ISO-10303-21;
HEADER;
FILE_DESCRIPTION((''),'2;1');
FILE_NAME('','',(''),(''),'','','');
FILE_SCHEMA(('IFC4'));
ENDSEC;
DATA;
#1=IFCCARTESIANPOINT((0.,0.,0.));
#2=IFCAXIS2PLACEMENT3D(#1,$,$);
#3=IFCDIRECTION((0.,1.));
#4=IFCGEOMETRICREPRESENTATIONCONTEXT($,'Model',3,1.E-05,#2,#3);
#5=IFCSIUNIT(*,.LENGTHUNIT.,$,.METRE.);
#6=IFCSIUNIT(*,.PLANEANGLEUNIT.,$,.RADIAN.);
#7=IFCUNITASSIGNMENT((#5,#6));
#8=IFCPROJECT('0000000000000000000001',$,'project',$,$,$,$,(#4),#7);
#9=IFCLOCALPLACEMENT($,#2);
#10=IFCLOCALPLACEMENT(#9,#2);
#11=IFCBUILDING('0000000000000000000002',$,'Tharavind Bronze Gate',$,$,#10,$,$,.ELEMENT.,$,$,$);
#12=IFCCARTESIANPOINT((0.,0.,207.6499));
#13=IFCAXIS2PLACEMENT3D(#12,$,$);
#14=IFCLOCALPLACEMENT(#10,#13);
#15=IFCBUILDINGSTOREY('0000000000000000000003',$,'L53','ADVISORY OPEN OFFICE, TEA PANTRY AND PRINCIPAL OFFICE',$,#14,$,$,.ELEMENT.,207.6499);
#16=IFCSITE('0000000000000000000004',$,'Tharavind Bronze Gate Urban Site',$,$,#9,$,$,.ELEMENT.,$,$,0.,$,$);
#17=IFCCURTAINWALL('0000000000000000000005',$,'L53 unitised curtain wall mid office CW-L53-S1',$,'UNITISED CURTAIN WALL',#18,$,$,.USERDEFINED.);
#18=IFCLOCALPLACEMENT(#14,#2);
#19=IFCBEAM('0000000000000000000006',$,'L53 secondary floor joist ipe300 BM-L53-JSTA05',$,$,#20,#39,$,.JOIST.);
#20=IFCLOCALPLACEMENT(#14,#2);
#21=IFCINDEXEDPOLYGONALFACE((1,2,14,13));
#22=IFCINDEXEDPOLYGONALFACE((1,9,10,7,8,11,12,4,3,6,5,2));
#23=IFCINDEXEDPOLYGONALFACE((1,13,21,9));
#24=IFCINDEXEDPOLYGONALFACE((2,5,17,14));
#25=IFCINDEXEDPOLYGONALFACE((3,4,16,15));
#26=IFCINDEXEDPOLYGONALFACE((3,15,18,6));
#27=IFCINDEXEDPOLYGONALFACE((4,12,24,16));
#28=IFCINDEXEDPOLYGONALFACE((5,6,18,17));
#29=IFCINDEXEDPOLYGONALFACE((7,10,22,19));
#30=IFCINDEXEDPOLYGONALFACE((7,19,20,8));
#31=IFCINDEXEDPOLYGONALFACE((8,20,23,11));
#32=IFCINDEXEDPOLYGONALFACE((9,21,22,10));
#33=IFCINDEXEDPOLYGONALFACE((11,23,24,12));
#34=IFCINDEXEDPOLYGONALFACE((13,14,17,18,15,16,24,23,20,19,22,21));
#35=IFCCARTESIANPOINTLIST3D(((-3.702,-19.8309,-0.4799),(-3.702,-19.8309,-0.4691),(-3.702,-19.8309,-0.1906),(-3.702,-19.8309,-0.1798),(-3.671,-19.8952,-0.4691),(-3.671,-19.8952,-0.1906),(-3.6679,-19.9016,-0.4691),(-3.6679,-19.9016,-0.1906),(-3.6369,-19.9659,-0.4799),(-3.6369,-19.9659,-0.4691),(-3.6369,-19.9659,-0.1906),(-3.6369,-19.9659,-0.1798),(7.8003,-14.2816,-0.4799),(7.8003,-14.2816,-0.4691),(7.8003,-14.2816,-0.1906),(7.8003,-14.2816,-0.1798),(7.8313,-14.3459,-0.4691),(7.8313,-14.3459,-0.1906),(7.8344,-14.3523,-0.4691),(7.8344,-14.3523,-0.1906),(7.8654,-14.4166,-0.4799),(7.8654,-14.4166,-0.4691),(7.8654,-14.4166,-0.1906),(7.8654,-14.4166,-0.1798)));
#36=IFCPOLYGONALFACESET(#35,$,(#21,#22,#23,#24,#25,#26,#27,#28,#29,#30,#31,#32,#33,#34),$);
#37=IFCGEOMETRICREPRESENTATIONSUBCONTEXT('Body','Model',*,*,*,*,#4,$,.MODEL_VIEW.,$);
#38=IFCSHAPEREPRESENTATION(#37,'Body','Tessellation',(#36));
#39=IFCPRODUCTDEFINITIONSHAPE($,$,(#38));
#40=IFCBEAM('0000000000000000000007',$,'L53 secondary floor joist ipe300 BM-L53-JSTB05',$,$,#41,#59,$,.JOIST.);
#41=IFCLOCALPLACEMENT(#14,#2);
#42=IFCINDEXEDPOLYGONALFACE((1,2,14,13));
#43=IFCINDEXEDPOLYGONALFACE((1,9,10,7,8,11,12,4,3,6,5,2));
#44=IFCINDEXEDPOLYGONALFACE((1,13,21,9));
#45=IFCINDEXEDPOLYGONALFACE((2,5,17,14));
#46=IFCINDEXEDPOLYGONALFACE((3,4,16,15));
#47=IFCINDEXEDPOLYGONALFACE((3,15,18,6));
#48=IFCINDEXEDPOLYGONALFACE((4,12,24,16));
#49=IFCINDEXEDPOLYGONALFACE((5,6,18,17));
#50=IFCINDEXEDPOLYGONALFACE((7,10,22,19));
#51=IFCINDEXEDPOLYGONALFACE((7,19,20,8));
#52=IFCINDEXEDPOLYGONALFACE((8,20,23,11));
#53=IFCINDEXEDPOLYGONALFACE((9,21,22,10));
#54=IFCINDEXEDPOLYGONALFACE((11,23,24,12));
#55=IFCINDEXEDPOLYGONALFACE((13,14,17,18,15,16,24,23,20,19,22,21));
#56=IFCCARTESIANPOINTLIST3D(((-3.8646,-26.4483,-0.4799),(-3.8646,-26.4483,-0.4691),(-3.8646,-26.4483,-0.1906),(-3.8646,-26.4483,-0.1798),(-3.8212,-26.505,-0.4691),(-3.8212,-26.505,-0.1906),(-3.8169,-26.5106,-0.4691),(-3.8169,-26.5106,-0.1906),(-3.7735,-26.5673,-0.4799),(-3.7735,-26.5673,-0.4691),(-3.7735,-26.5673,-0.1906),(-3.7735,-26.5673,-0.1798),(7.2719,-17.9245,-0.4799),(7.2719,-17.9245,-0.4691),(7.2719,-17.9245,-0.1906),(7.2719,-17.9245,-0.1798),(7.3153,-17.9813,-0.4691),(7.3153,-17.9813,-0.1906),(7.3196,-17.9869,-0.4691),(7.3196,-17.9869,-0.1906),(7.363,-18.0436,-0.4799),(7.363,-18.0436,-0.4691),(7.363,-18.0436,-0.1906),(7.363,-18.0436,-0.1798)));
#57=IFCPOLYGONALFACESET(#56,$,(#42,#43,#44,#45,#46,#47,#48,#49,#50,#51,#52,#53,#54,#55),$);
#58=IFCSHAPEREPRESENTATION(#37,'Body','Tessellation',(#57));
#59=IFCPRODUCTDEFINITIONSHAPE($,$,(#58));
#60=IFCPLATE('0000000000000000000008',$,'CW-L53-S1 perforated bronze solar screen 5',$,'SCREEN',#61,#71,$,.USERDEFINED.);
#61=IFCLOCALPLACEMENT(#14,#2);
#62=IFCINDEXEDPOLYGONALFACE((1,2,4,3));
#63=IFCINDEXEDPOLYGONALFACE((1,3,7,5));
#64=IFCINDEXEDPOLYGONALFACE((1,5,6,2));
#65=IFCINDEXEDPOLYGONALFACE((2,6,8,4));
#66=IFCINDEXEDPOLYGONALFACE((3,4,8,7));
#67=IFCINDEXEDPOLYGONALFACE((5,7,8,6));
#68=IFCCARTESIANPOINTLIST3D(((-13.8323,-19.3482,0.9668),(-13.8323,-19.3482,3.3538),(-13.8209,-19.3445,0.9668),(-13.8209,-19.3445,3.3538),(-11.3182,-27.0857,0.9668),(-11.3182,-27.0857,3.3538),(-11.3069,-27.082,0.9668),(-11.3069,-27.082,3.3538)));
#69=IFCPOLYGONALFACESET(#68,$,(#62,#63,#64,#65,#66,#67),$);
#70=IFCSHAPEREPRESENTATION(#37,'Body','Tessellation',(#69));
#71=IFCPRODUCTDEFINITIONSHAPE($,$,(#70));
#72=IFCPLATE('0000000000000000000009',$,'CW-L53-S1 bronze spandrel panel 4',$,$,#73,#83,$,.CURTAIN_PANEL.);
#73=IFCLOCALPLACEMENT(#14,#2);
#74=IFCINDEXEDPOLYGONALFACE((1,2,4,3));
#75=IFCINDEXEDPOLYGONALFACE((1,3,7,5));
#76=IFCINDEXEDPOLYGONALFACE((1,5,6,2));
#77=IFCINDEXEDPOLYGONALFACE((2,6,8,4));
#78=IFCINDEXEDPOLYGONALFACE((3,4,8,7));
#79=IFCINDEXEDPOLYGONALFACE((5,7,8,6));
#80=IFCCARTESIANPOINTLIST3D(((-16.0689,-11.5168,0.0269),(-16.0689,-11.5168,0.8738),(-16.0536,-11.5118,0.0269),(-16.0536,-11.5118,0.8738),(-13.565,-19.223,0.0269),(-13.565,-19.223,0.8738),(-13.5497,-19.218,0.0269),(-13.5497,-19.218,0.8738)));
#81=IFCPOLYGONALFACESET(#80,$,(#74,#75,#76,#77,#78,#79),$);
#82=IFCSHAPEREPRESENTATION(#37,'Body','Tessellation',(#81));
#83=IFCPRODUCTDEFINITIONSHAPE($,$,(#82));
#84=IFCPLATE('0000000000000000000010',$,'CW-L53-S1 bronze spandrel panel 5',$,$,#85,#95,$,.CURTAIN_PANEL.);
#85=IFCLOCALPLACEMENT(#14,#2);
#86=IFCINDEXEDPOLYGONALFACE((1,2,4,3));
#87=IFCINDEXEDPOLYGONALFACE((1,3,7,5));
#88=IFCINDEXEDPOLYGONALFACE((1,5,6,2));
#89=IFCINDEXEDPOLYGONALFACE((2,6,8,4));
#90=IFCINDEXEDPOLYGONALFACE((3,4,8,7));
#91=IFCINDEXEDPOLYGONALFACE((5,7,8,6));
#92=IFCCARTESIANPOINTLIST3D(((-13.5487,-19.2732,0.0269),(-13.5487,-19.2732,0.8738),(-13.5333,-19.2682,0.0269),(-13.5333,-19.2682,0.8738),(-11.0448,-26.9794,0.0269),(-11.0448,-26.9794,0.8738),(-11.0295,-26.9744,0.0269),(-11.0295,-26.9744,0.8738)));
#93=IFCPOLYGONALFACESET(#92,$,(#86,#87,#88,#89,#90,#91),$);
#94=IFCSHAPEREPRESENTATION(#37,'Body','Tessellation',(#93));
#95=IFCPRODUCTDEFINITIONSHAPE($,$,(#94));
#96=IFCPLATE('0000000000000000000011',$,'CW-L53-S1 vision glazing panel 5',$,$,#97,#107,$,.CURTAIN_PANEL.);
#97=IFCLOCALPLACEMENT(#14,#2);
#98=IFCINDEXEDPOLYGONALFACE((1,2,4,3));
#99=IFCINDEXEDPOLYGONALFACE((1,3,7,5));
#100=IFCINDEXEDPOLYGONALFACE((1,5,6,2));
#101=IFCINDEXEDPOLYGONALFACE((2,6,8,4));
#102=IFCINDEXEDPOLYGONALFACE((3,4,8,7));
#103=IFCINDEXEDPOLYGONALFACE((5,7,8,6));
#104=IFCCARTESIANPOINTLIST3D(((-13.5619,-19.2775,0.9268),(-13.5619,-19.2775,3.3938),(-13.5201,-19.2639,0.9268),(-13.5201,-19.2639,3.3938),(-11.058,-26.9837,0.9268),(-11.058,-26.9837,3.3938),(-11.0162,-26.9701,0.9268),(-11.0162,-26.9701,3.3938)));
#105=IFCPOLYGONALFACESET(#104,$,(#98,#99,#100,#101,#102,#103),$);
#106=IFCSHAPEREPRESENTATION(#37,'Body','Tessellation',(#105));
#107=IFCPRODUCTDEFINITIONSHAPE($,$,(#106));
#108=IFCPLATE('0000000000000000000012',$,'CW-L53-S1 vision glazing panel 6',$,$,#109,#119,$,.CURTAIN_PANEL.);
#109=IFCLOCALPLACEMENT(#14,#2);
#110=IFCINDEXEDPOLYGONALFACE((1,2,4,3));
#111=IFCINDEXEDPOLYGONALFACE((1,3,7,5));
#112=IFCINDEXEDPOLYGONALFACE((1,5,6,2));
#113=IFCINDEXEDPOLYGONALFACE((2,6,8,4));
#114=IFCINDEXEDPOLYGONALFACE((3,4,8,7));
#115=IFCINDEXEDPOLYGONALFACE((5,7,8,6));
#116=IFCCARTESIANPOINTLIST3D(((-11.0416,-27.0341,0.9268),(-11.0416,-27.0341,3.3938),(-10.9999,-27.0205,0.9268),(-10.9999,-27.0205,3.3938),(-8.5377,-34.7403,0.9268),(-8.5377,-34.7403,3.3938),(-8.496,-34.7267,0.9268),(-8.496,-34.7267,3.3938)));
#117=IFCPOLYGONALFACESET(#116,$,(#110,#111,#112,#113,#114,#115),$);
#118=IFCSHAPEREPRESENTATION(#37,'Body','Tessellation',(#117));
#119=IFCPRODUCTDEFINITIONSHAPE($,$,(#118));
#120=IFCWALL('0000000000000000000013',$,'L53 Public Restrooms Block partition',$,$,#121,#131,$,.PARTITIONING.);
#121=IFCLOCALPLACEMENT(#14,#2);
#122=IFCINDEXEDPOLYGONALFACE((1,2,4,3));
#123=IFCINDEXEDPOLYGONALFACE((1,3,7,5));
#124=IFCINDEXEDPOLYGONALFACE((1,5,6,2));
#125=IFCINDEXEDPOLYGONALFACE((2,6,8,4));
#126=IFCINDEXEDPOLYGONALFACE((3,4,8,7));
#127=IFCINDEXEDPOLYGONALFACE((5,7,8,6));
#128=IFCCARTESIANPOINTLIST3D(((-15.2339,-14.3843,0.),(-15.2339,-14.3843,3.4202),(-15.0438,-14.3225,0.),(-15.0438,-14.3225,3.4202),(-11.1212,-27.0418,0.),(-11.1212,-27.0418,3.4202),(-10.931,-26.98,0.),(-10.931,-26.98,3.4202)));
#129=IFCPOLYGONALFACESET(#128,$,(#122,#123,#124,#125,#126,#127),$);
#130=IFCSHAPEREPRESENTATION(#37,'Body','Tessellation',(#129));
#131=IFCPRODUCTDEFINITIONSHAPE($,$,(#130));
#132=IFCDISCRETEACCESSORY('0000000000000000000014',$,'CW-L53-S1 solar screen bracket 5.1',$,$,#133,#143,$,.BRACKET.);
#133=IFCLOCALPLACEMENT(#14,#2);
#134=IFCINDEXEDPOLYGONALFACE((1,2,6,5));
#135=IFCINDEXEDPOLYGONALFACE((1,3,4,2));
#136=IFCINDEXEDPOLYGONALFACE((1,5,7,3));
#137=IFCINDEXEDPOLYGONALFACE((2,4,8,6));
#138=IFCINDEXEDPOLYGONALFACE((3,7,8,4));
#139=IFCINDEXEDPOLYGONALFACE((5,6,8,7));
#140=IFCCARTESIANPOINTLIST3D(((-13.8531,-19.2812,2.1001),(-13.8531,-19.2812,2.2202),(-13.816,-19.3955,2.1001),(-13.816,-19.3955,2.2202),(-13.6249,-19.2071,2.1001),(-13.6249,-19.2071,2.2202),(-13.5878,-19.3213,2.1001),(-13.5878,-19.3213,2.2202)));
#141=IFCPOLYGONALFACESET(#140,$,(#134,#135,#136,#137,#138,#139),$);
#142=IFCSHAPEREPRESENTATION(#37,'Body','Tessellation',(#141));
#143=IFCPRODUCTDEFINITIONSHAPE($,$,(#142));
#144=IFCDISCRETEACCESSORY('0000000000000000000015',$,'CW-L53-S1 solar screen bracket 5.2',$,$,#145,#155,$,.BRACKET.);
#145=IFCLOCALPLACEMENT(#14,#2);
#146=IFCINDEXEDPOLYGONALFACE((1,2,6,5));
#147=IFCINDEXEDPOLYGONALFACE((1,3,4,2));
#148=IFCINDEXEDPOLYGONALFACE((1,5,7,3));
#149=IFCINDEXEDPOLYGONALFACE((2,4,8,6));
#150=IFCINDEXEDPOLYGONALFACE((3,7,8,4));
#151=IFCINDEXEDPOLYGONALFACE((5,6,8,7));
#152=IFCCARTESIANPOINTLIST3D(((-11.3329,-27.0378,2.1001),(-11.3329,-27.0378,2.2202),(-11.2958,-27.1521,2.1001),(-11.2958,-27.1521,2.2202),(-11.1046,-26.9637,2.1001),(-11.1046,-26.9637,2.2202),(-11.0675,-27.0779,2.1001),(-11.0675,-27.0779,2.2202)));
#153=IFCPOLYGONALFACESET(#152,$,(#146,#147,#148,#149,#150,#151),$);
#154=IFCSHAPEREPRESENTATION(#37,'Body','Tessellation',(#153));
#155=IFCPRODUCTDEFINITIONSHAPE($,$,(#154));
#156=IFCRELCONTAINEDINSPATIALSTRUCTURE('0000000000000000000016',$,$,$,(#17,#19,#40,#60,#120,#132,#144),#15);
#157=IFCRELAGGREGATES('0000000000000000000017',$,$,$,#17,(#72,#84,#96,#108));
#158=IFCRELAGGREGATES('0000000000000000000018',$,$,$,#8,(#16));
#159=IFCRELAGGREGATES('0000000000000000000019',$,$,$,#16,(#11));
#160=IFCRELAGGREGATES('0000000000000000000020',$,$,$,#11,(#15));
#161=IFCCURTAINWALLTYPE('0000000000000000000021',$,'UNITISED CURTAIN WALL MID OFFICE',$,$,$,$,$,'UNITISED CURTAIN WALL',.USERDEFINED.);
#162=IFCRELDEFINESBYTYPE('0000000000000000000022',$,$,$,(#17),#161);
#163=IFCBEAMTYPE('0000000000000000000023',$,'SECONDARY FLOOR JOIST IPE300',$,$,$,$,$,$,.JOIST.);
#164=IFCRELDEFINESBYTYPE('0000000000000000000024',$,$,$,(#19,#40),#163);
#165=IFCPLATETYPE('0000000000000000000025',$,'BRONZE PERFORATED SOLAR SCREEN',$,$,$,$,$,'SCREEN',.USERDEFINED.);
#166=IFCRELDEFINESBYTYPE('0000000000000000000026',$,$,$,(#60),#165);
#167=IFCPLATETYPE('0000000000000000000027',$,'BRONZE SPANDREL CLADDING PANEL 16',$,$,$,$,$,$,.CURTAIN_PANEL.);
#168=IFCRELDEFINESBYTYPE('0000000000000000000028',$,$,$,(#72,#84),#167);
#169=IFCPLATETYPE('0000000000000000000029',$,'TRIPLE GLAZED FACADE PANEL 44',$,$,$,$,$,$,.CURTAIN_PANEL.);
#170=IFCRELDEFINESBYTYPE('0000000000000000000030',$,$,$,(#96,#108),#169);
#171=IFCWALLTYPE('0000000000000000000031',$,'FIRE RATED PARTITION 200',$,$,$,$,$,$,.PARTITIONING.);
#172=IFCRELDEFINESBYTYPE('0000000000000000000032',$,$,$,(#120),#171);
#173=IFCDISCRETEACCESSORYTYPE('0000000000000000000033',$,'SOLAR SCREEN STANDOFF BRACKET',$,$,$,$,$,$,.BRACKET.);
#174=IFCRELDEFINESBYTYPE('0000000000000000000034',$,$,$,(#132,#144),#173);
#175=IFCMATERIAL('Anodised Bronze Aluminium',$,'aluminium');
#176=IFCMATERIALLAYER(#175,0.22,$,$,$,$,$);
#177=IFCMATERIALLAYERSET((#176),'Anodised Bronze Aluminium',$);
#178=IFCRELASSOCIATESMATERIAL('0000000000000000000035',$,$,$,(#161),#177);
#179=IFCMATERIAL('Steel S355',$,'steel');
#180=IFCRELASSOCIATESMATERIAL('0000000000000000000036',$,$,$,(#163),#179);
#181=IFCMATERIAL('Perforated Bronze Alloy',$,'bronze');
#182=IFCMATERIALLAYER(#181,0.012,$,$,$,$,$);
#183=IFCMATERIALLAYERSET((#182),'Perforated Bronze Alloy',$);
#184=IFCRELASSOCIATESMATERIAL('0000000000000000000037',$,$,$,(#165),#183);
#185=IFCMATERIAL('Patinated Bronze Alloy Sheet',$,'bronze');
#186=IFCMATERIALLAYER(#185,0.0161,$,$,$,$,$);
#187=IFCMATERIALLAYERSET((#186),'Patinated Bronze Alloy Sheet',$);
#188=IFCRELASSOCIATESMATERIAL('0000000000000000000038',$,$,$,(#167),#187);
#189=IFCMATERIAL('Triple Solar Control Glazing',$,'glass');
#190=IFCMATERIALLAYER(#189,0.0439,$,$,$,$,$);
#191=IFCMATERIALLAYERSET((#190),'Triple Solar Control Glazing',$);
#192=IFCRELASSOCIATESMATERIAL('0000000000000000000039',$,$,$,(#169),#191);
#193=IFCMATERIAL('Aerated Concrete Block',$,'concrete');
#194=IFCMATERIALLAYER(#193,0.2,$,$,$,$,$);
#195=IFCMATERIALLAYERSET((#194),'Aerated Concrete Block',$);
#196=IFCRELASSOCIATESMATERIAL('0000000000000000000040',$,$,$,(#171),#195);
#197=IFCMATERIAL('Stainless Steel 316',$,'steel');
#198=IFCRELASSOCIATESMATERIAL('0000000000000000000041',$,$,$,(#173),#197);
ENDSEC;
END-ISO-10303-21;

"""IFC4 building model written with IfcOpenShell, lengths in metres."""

from ifc_helpers import new_model, si_unit, direction, frame, frame_2d, origin, origin_2d, place, context, subcontext, project, spatial, rectangle, i_section, extrude, material, layer, layer_set, material_profile, profile_set, type_object, element, aggregate, save


model = new_model("IFC4")

# Units and contexts
model_context = context("Model", 3, precision=1e-05, world=origin(), true_north=direction((0.0, 1.0)))
body_context = subcontext(model_context, "Body", "Model", "MODEL_VIEW")
ifc_project = project(units=[si_unit("LENGTHUNIT", "METRE"), si_unit("PLANEANGLEUNIT", "RADIAN")], contexts=[model_context])

# Site, building, storey
site_placement = place(None, origin())
site = spatial("IfcSite", under=ifc_project, at=site_placement, Name="Tharavind Bronze Gate Urban Site", CompositionType="ELEMENT", RefElevation=0.0)
building_placement = place(site_placement, origin())
building = spatial("IfcBuilding", under=site, at=building_placement, Name="Tharavind Bronze Gate", CompositionType="ELEMENT")
storey_placement = place(building_placement, frame((0.0, 0.0, 207.6499)))
storey = spatial("IfcBuildingStorey", under=building, at=storey_placement, Name="L53", Description="ADVISORY OPEN OFFICE, TEA PANTRY AND PRINCIPAL OFFICE", CompositionType="ELEMENT", Elevation=207.6499)

# Curtain wall
ifc_material_1 = material(Name="Anodised Bronze Aluminium", Category="aluminium")
ifc_layer_1 = layer(ifc_material_1, 0.22)
ifc_layer_set_1 = layer_set([ifc_layer_1], Name="Anodised Bronze Aluminium")
curtain_wall_type = type_object("IfcCurtainWallType", Name="UNITISED CURTAIN WALL MID OFFICE", ElementType="UNITISED CURTAIN WALL", PredefinedType="USERDEFINED", material=ifc_layer_set_1)
curtain_wall_placement = place(storey_placement, origin())
curtain_wall = element("IfcCurtainWall", 1, at=curtain_wall_placement, inside=storey, type_object=curtain_wall_type, Name="L53 unitised curtain wall mid office CW-L53-S1", ObjectType="UNITISED CURTAIN WALL", PredefinedType="USERDEFINED")

# Beams
ifc_material_2 = material(Name="Steel S355", Category="steel")
ifc_material_profile_1 = material_profile(ifc_material_2, i_section(OverallWidth=0.1499, OverallDepth=0.3, WebThickness=0.0071, FlangeThickness=0.0107, at=origin_2d()), Name="IPE300")
ifc_profile_set_1 = profile_set([ifc_material_profile_1], Name="Steel S355")
beam_type_1 = type_object("IfcBeamType", Name="SECONDARY FLOOR JOIST IPE300", PredefinedType="JOIST", material=ifc_profile_set_1)
beam_1_placement = place(storey_placement, frame((-3.6694, -19.8984, -0.3298), z_axis=(0.900658, 0.434529, 0.0), x_axis=(-0.434529, 0.900658, 0.0)))
element("IfcBeam", 2, at=beam_1_placement, inside=storey, type_object=beam_type_1, Name="L53 secondary floor joist ipe300 BM-L53-JSTA05", PredefinedType="JOIST", context=body_context, shape_type="SweptSolid", body=[
    extrude(i_section(OverallWidth=0.1499, OverallDepth=0.3, WebThickness=0.0071, FlangeThickness=0.0107, at=origin_2d()), origin(), (0.0, 0.0, 1.0), 12.771),
])
beam_2_placement = place(storey_placement, frame((-3.8191, -26.5078, -0.3298), z_axis=(0.794098, 0.60779, 0.0), x_axis=(-0.60779, 0.794098, 0.0)))
element("IfcBeam", 3, at=beam_2_placement, inside=storey, type_object=beam_type_1, Name="L53 secondary floor joist ipe300 BM-L53-JSTB05", PredefinedType="JOIST", context=body_context, shape_type="SweptSolid", body=[
    extrude(i_section(OverallWidth=0.1499, OverallDepth=0.3, WebThickness=0.0071, FlangeThickness=0.0107, at=origin_2d()), origin(), (0.0, 0.0, 1.0), 14.0242),
])

# Plates
ifc_material_3 = material(Name="Perforated Bronze Alloy", Category="bronze")
ifc_layer_2 = layer(ifc_material_3, 0.012)
ifc_layer_set_2 = layer_set([ifc_layer_2], Name="Perforated Bronze Alloy")
plate_type_1 = type_object("IfcPlateType", Name="BRONZE PERFORATED SOLAR SCREEN", ElementType="SCREEN", PredefinedType="USERDEFINED", material=ifc_layer_set_2)
plate_1_placement = place(storey_placement, frame((-12.5696, -23.2151, 0.9668), z_axis=(0.0, 0.0, 1.0), x_axis=(0.309017, -0.951057, 0.0)))
element("IfcPlate", 4, at=plate_1_placement, inside=storey, type_object=plate_type_1, Name="CW-L53-S1 perforated bronze solar screen 5", ObjectType="SCREEN", PredefinedType="USERDEFINED", context=body_context, shape_type="SweptSolid", body=[
    extrude(rectangle(XDim=8.1357, YDim=0.012, at=origin_2d()), origin(), (0.0, 0.0, 1.0), 2.387),
])
ifc_material_4 = material(Name="Patinated Bronze Alloy Sheet", Category="bronze")
ifc_layer_3 = layer(ifc_material_4, 0.0161)
ifc_layer_set_3 = layer_set([ifc_layer_3], Name="Patinated Bronze Alloy Sheet")
plate_type_2 = type_object("IfcPlateType", Name="BRONZE SPANDREL CLADDING PANEL 16", PredefinedType="CURTAIN_PANEL", material=ifc_layer_set_3)
plate_2_placement = place(storey_placement, frame((-14.8093, -15.3674, 0.0269), z_axis=(0.0, 0.0, 1.0), x_axis=(0.309017, -0.951057, 0.0)))
plate_2 = element("IfcPlate", 5, at=plate_2_placement, type_object=plate_type_2, Name="CW-L53-S1 bronze spandrel panel 4", PredefinedType="CURTAIN_PANEL", context=body_context, shape_type="SweptSolid", body=[
    extrude(rectangle(XDim=8.1028, YDim=0.0161, at=origin_2d()), origin(), (0.0, 0.0, 1.0), 0.8469),
])
plate_3_placement = place(storey_placement, frame((-12.2891, -23.1238, 0.0269), z_axis=(0.0, 0.0, 1.0), x_axis=(0.309017, -0.951057, 0.0)))
plate_3 = element("IfcPlate", 6, at=plate_3_placement, type_object=plate_type_2, Name="CW-L53-S1 bronze spandrel panel 5", PredefinedType="CURTAIN_PANEL", context=body_context, shape_type="SweptSolid", body=[
    extrude(rectangle(XDim=8.1028, YDim=0.0161, at=origin_2d()), origin(), (0.0, 0.0, 1.0), 0.8469),
])
ifc_material_5 = material(Name="Triple Solar Control Glazing", Category="glass")
ifc_layer_4 = layer(ifc_material_5, 0.0439)
ifc_layer_set_4 = layer_set([ifc_layer_4], Name="Triple Solar Control Glazing")
plate_type_3 = type_object("IfcPlateType", Name="TRIPLE GLAZED FACADE PANEL 44", PredefinedType="CURTAIN_PANEL", material=ifc_layer_set_4)
plate_4_placement = place(storey_placement, frame((-12.2891, -23.1238, 0.9268), z_axis=(0.0, 0.0, 1.0), x_axis=(0.309017, -0.951057, 0.0)))
plate_4 = element("IfcPlate", 7, at=plate_4_placement, type_object=plate_type_3, Name="CW-L53-S1 vision glazing panel 5", PredefinedType="CURTAIN_PANEL", context=body_context, shape_type="SweptSolid", body=[
    extrude(rectangle(XDim=8.1028, YDim=0.0439, at=origin_2d()), origin(), (0.0, 0.0, 1.0), 2.467),
])
plate_5_placement = place(storey_placement, frame((-9.7688, -30.8804, 0.9268), z_axis=(0.0, 0.0, 1.0), x_axis=(0.309017, -0.951057, 0.0)))
plate_5 = element("IfcPlate", 8, at=plate_5_placement, type_object=plate_type_3, Name="CW-L53-S1 vision glazing panel 6", PredefinedType="CURTAIN_PANEL", context=body_context, shape_type="SweptSolid", body=[
    extrude(rectangle(XDim=8.1028, YDim=0.0439, at=origin_2d()), origin(), (0.0, 0.0, 1.0), 2.467),
])
aggregate(curtain_wall, [plate_2, plate_3, plate_4, plate_5])

# Wall
ifc_material_6 = material(Name="Aerated Concrete Block", Category="concrete")
ifc_layer_5 = layer(ifc_material_6, 0.2)
ifc_layer_set_5 = layer_set([ifc_layer_5], Name="Aerated Concrete Block")
wall_type = type_object("IfcWallType", Name="FIRE RATED PARTITION 200", PredefinedType="PARTITIONING", material=ifc_layer_set_5)
wall_placement = place(storey_placement, frame((-11.0261, -27.0107, 0.0), z_axis=(0.0, 0.0, 1.0), x_axis=(-0.309026, 0.951054, 0.0)))
element("IfcWall", 9, at=wall_placement, inside=storey, type_object=wall_type, Name="L53 Public Restrooms Block partition", PredefinedType="PARTITIONING", context=body_context, shape_type="SweptSolid", body=[
    extrude(rectangle(XDim=13.3088, YDim=0.2, at=frame_2d((6.6543, 0.0))), origin(), (0.0, 0.0, 1.0), 3.4202),
])

# Discrete accessories
ifc_material_7 = material(Name="Stainless Steel 316", Category="steel")
discrete_accessory_type = type_object("IfcDiscreteAccessoryType", Name="SOLAR SCREEN STANDOFF BRACKET", PredefinedType="BRACKET", material=ifc_material_7)
for number, where, z_axis, x_axis, name in (
    (10, (-13.7205, -19.3013, 2.1001), (0.0, 0.0, 1.0), (0.309017, -0.951057, 0.0), "CW-L53-S1 solar screen bracket 5.1"),
    (11, (-11.2002, -27.0579, 2.1001), (0.0, 0.0, 1.0), (0.309017, -0.951057, 0.0), "CW-L53-S1 solar screen bracket 5.2"),
):
    element("IfcDiscreteAccessory", number, at=place(storey_placement, frame(where, z_axis=z_axis, x_axis=x_axis)), inside=storey, type_object=discrete_accessory_type, Name=name, PredefinedType="BRACKET", context=body_context, shape_type="SweptSolid", body=[
        extrude(rectangle(XDim=0.1201, YDim=0.24, at=origin_2d()), origin(), (0.0, 0.0, 1.0), 0.1201),
    ])

save(model, "model.ifc")
